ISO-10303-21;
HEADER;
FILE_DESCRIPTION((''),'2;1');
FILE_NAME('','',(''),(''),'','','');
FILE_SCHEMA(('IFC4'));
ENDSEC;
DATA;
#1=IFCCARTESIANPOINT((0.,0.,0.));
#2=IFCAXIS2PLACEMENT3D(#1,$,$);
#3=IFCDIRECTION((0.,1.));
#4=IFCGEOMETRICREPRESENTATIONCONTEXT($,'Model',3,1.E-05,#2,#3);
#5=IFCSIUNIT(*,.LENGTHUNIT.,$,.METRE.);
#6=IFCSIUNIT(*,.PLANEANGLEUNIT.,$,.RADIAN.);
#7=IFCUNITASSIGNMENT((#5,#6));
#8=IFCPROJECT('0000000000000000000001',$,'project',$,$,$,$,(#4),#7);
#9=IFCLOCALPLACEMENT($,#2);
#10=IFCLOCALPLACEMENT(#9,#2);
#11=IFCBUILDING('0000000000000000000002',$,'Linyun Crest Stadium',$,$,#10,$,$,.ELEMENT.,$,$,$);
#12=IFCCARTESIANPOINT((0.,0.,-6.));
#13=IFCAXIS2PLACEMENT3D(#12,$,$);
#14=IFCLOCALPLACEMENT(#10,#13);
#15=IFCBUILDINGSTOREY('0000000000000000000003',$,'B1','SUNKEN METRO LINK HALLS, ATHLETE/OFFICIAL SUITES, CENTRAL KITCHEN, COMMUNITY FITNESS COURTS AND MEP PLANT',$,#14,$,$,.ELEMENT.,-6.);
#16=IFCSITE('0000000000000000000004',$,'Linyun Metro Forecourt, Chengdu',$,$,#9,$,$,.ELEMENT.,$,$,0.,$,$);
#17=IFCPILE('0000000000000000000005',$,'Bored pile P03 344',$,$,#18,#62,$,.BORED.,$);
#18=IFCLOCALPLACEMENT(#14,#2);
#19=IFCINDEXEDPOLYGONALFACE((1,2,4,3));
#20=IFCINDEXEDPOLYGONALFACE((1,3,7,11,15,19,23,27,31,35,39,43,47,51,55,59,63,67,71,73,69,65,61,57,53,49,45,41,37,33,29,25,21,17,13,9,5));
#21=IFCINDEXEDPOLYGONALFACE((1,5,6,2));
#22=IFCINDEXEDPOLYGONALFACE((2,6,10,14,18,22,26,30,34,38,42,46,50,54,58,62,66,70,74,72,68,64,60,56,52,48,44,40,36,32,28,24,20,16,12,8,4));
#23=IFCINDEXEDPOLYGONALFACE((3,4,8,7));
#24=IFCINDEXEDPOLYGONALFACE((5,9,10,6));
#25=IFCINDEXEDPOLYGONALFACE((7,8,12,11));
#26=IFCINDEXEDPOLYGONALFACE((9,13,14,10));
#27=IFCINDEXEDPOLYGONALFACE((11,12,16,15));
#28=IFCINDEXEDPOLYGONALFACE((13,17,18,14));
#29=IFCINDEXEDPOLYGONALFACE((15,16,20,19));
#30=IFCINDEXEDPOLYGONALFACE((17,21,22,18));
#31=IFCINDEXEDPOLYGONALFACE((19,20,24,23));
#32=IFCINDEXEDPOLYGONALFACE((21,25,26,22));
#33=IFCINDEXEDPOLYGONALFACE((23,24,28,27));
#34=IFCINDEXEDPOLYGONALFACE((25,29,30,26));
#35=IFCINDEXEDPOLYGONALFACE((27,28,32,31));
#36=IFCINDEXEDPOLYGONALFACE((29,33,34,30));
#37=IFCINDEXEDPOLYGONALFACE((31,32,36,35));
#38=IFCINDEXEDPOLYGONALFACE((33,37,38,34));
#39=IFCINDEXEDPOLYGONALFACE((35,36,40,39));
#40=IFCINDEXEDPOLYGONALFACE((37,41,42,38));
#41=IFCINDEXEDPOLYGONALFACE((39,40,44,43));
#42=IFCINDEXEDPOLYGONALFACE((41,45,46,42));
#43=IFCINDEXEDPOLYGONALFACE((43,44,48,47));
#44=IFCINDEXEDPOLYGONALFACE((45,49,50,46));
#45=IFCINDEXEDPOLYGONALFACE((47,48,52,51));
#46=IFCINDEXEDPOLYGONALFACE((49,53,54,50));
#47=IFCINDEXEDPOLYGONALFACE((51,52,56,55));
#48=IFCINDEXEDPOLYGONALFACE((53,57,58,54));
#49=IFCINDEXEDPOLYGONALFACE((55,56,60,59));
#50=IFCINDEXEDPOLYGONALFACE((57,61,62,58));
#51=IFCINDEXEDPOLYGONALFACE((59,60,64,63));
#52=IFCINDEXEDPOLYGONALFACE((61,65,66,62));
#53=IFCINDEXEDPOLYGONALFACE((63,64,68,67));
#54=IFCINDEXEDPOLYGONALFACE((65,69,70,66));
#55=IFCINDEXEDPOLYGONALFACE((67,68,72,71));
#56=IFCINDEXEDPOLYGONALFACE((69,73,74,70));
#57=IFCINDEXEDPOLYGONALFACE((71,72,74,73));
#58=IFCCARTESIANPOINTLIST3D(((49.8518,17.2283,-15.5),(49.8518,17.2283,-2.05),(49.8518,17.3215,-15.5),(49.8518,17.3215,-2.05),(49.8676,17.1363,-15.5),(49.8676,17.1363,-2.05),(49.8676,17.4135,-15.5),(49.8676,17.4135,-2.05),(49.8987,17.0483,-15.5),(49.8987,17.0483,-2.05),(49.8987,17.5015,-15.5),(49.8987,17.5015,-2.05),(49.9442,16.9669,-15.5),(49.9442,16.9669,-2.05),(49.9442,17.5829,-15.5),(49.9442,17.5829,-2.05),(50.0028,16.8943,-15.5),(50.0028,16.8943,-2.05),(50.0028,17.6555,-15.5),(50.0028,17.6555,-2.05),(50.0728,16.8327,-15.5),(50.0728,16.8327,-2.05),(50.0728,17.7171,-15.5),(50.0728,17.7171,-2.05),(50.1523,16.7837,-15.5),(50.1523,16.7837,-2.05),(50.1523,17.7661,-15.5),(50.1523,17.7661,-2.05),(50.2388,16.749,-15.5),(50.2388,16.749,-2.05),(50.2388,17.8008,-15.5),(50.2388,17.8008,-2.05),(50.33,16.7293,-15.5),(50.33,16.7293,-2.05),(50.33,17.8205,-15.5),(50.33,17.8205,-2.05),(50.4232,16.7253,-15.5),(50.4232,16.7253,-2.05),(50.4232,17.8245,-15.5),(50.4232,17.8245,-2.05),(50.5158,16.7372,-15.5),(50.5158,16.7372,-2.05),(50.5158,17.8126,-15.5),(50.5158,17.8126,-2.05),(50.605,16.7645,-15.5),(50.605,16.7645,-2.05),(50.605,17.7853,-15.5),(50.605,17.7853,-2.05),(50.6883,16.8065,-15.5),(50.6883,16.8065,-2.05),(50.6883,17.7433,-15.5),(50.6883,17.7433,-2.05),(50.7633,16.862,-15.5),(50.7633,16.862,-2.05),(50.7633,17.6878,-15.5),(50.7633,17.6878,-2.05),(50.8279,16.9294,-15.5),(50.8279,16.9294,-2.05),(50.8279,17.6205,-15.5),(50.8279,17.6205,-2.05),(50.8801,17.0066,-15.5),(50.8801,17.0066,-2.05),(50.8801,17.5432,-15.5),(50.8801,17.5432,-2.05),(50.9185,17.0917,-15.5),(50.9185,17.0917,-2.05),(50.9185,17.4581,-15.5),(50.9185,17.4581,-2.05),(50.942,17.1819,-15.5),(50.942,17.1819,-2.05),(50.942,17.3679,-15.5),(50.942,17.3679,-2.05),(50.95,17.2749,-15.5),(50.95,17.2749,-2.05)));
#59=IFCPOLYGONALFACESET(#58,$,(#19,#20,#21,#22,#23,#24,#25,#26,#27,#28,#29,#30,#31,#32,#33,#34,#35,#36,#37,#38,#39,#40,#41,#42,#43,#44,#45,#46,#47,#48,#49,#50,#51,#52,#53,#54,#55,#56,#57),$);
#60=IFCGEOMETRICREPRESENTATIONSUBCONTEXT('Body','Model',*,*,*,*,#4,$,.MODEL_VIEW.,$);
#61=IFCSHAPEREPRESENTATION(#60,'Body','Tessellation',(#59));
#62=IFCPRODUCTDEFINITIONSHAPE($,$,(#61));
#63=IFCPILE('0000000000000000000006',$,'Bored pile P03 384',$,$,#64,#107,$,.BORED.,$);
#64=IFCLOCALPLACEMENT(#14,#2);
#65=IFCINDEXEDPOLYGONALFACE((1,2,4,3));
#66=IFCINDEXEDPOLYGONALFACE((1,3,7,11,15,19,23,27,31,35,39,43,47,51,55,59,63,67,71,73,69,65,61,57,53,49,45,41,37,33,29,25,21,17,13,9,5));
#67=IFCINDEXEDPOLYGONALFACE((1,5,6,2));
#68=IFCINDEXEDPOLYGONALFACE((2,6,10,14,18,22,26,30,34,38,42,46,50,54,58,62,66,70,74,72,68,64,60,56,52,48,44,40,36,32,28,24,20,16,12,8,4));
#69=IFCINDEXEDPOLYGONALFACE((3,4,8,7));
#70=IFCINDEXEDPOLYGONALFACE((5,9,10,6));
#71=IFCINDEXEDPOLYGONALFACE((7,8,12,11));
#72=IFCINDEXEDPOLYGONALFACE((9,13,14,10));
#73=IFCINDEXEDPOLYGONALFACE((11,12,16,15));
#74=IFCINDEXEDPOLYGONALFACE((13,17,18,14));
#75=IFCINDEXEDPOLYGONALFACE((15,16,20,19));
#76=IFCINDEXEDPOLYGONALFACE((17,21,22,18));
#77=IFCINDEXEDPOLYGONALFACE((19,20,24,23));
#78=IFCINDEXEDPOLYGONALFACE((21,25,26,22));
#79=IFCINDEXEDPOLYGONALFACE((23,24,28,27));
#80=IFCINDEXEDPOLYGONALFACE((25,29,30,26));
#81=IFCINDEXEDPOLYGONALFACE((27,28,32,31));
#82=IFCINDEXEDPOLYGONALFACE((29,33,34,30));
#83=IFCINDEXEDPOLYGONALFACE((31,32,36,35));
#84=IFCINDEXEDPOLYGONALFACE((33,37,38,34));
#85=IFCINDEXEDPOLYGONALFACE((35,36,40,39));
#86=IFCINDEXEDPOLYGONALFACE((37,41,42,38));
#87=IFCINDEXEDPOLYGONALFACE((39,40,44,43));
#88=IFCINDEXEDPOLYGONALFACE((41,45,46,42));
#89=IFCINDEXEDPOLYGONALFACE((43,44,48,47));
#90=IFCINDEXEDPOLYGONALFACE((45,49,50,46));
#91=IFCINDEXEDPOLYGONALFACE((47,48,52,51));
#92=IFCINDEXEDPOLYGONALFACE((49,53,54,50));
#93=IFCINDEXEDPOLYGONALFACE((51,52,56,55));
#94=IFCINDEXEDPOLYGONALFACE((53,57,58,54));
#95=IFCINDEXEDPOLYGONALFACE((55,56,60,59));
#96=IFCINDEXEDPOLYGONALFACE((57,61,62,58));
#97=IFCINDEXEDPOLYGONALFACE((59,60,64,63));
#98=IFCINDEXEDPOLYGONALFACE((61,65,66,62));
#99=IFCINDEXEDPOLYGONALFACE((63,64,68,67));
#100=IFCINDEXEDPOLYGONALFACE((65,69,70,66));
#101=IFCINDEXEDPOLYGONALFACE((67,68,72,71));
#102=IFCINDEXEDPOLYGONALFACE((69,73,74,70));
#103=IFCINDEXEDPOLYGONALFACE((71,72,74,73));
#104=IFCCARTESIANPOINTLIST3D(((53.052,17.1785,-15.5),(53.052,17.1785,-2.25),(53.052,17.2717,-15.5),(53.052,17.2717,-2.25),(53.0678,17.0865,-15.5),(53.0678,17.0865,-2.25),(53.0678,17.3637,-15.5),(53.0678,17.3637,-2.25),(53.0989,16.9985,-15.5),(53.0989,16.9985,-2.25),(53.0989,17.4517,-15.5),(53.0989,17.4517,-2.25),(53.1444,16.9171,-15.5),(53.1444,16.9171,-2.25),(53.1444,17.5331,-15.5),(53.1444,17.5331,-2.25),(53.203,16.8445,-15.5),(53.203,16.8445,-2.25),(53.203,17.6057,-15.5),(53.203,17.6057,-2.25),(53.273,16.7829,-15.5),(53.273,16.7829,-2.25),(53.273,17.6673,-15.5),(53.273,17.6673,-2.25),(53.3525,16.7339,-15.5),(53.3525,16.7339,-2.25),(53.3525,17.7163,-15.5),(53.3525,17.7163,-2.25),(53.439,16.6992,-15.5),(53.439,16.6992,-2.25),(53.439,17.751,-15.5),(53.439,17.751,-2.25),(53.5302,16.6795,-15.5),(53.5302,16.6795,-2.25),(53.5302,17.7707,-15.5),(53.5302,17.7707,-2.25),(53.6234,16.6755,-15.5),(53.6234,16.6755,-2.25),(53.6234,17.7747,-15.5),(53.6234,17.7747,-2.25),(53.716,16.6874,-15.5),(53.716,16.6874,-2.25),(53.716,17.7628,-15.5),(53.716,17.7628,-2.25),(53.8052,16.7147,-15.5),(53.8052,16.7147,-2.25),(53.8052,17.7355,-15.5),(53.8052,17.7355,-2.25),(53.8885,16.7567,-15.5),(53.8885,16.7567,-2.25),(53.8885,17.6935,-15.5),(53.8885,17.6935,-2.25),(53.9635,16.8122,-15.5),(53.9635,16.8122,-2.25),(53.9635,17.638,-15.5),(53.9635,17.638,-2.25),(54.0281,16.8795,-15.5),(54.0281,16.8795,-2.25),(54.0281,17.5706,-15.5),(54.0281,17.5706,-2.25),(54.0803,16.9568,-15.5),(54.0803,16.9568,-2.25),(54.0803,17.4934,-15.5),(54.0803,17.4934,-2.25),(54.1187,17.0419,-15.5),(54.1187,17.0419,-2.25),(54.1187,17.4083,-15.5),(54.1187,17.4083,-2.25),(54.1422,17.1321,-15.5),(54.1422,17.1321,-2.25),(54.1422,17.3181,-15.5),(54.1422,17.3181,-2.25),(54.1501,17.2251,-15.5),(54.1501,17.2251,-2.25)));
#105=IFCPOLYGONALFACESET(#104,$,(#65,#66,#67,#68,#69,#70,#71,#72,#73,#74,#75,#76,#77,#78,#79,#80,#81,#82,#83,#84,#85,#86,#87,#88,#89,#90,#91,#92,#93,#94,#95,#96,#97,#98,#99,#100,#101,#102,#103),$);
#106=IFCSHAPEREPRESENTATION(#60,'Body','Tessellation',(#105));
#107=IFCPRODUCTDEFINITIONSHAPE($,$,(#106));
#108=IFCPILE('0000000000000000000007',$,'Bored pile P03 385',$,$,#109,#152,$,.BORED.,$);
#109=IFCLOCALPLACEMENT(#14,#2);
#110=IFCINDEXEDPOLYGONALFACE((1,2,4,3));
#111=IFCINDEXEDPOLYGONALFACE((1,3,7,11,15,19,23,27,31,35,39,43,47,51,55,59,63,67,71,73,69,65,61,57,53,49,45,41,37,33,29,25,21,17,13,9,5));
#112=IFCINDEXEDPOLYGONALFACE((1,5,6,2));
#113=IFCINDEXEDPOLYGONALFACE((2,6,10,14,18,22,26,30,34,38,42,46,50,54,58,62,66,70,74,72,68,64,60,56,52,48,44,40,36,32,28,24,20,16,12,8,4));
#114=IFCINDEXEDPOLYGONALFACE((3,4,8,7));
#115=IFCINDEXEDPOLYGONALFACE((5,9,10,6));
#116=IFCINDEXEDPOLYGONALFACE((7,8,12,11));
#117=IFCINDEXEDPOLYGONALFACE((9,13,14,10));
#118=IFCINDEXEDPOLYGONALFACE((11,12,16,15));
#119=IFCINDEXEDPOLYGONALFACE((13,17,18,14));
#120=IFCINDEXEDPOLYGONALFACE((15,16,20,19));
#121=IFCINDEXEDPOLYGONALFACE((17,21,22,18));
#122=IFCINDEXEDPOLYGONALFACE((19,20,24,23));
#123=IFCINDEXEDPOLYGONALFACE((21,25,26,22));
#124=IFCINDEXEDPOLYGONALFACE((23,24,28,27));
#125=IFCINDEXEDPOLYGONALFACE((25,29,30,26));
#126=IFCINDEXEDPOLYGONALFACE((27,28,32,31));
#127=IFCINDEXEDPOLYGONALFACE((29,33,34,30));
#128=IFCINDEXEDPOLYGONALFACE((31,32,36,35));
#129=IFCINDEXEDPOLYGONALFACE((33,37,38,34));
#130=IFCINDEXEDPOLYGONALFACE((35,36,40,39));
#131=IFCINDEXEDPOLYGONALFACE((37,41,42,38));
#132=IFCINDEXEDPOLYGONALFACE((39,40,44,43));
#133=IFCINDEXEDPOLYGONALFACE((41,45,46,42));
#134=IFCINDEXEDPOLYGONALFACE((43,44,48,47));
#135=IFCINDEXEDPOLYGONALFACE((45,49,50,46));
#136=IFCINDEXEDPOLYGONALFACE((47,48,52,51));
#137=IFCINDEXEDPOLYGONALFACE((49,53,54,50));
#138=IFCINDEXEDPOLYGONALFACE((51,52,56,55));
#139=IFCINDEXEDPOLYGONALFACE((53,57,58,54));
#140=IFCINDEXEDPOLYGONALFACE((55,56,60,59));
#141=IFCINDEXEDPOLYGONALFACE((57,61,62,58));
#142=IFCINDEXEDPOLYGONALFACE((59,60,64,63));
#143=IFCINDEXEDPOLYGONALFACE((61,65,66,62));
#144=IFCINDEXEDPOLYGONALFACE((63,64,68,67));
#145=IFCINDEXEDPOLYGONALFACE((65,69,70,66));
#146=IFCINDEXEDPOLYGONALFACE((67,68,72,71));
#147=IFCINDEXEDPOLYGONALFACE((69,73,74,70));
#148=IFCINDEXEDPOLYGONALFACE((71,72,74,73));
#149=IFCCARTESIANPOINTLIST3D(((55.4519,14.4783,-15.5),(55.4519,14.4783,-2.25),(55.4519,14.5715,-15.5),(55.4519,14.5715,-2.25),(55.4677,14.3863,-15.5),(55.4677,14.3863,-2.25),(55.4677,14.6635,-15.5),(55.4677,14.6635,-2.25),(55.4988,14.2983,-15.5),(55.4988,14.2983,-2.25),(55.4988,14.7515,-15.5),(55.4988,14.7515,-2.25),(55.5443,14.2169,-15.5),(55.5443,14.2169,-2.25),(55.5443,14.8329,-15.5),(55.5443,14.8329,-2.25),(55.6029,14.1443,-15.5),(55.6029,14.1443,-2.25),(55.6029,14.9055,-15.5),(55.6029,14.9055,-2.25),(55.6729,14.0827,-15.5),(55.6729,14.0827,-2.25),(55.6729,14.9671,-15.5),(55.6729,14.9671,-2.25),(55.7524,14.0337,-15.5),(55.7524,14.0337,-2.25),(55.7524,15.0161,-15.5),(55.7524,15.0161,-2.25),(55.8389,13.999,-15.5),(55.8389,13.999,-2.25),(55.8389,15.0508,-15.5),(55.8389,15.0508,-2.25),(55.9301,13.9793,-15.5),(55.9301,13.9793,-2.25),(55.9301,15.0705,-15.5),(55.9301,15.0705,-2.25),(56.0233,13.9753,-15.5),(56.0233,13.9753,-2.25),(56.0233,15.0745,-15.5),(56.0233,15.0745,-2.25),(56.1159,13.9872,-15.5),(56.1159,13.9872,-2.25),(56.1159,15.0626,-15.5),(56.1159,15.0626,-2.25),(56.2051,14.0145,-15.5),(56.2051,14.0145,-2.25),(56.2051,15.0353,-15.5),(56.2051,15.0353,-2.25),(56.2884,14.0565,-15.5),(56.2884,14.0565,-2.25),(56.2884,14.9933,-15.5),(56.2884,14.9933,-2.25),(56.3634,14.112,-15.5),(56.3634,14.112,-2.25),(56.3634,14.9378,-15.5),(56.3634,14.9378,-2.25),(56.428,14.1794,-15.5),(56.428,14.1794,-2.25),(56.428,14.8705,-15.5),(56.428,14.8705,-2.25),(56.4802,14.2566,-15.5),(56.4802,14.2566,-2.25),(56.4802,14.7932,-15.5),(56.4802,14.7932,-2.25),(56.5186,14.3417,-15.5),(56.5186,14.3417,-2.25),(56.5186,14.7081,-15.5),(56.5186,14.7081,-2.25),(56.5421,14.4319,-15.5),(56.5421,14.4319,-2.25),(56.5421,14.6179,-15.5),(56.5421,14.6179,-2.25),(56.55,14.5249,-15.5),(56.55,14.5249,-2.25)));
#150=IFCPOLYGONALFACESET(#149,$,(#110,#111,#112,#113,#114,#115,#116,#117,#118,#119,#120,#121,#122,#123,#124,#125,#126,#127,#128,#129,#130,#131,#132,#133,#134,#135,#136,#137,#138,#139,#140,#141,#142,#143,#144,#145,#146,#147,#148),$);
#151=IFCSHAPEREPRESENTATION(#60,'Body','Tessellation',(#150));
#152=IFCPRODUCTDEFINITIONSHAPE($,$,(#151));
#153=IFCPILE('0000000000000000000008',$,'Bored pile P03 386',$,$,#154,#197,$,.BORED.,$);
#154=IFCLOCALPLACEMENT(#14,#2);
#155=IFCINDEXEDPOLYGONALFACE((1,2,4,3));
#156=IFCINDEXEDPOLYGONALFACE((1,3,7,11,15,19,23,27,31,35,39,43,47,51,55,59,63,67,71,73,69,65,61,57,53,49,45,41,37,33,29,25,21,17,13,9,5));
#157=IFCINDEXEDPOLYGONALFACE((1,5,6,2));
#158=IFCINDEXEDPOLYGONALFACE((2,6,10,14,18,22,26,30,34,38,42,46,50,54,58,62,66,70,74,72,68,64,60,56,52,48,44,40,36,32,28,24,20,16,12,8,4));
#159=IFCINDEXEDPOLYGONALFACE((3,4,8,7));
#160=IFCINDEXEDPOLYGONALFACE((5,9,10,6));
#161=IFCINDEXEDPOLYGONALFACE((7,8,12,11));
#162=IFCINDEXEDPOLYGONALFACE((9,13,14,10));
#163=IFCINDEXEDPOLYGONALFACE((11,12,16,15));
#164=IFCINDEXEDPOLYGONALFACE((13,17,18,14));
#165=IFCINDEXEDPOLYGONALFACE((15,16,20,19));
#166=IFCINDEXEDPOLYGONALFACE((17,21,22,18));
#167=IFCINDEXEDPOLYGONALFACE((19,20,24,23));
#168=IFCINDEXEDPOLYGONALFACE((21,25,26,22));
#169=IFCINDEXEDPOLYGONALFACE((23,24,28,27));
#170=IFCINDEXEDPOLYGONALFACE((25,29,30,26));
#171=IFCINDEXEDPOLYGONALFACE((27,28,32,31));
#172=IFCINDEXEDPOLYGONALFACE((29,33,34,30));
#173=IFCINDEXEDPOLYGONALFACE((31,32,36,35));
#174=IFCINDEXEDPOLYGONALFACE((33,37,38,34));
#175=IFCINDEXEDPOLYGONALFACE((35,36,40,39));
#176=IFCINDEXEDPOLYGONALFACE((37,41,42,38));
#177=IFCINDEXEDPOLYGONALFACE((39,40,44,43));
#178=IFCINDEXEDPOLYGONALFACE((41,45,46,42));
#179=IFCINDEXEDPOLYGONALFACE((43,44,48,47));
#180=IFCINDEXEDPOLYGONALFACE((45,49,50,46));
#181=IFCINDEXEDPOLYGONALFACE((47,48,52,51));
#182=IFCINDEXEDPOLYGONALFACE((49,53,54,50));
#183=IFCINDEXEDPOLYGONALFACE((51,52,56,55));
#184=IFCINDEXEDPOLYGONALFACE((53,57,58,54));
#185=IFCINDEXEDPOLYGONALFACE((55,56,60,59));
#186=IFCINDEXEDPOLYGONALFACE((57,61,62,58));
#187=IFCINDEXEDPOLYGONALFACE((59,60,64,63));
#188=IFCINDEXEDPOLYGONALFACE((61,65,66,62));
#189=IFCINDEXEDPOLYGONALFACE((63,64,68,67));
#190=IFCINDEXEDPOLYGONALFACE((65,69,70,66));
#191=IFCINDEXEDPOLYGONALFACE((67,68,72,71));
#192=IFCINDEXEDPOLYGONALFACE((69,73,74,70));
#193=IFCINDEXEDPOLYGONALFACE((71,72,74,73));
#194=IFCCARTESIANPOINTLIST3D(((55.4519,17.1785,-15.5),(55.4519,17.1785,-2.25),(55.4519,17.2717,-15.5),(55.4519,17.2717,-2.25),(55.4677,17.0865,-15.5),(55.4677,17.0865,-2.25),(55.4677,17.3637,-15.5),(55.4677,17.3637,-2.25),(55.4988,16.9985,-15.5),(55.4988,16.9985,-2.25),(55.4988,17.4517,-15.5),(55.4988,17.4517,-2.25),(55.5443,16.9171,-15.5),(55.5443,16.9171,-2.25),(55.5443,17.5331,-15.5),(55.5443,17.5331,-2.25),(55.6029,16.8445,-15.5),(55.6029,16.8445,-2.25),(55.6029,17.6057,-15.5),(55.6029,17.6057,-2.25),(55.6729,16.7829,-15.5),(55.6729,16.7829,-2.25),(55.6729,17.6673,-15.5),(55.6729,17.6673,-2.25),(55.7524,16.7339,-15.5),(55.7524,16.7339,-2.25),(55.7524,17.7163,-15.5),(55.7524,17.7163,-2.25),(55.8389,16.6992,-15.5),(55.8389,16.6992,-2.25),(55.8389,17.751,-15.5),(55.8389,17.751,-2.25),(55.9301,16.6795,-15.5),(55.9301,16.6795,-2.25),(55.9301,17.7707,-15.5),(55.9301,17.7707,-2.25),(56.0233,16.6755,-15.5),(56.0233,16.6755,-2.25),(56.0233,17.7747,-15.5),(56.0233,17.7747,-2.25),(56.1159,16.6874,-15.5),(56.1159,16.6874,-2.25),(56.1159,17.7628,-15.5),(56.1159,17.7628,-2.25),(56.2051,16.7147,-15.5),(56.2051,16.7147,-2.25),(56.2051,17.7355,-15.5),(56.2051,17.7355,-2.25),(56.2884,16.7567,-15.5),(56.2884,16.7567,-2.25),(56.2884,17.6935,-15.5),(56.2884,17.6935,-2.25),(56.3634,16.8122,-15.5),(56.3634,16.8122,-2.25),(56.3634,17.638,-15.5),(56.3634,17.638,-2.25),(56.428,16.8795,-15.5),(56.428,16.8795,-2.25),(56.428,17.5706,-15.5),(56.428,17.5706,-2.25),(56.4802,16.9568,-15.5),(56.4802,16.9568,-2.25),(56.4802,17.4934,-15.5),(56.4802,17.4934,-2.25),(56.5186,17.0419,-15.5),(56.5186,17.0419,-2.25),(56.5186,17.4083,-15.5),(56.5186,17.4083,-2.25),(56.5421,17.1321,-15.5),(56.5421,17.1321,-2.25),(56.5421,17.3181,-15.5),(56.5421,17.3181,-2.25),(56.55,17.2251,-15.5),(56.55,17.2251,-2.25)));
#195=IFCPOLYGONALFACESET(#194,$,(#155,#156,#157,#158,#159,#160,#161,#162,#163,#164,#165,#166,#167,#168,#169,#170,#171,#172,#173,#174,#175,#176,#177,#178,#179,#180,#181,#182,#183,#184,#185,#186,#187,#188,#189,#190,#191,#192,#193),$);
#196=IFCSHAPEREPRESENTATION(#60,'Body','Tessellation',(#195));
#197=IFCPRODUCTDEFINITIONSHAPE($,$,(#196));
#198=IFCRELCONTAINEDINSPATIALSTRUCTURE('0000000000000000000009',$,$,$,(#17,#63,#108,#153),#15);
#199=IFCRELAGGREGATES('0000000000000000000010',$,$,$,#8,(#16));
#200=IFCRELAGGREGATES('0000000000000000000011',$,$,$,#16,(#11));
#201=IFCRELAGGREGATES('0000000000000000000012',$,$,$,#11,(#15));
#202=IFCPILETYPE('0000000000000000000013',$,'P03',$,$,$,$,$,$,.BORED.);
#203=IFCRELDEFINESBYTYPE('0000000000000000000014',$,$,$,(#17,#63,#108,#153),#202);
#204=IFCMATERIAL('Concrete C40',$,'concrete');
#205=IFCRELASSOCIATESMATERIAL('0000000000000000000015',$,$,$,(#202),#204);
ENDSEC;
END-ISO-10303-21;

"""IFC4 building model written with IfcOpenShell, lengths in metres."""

from ifc_helpers import new_model, si_unit, direction, frame, origin, origin_2d, place, context, subcontext, project, spatial, circle, extrude, material, material_profile, profile_set, type_object, element, save


model = new_model("IFC4")

# Units and contexts
model_context = context("Model", 3, precision=1e-05, world=origin(), true_north=direction((0.0, 1.0)))
body_context = subcontext(model_context, "Body", "Model", "MODEL_VIEW")
ifc_project = project(units=[si_unit("LENGTHUNIT", "METRE"), si_unit("PLANEANGLEUNIT", "RADIAN")], contexts=[model_context])

# Site, building, storey
site_placement = place(None, origin())
site = spatial("IfcSite", under=ifc_project, at=site_placement, Name="Linyun Metro Forecourt, Chengdu", CompositionType="ELEMENT", RefElevation=0.0)
building_placement = place(site_placement, origin())
building = spatial("IfcBuilding", under=site, at=building_placement, Name="Linyun Crest Stadium", CompositionType="ELEMENT")
storey_placement = place(building_placement, frame((0.0, 0.0, -6.0)))
storey = spatial("IfcBuildingStorey", under=building, at=storey_placement, Name="B1", Description="SUNKEN METRO LINK HALLS, ATHLETE/OFFICIAL SUITES, CENTRAL KITCHEN, COMMUNITY FITNESS COURTS AND MEP PLANT", CompositionType="ELEMENT", Elevation=-6.0)

# Piles
ifc_material_1 = material(Name="Concrete C40", Category="concrete")
ifc_material_profile_1 = material_profile(ifc_material_1, circle(Radius=0.55, at=origin_2d()), Name="BORED PILE 1100")
ifc_profile_set_1 = profile_set([ifc_material_profile_1], Name="Concrete C40")
pile_type = type_object("IfcPileType", Name="P03", PredefinedType="BORED", material=ifc_profile_set_1)
pile_1_placement = place(storey_placement, frame((50.3999, 17.2749, -2.05), z_axis=(0.0, 0.0, -1.0), x_axis=(1.0, 0.0, 0.0)))
element("IfcPile", 1, at=pile_1_placement, inside=storey, type_object=pile_type, Name="Bored pile P03 344", PredefinedType="BORED", context=body_context, shape_type="SweptSolid", body=[
    extrude(circle(Radius=0.55, at=origin_2d()), origin(), (0.0, 0.0, 1.0), 13.45),
])
for number, where, z_axis, x_axis, name in (
    (2, (53.6001, 17.2251, -2.25), (0.0, 0.0, -1.0), (1.0, 0.0, 0.0), "Bored pile P03 384"),
    (3, (56.0, 14.5249, -2.25), (0.0, 0.0, -1.0), (1.0, 0.0, 0.0), "Bored pile P03 385"),
    (4, (56.0, 17.2251, -2.25), (0.0, 0.0, -1.0), (1.0, 0.0, 0.0), "Bored pile P03 386"),
):
    element("IfcPile", number, at=place(storey_placement, frame(where, z_axis=z_axis, x_axis=x_axis)), inside=storey, type_object=pile_type, Name=name, PredefinedType="BORED", context=body_context, shape_type="SweptSolid", body=[
        extrude(circle(Radius=0.55, at=origin_2d()), origin(), (0.0, 0.0, 1.0), 13.25),
    ])

save(model, "model.ifc")
